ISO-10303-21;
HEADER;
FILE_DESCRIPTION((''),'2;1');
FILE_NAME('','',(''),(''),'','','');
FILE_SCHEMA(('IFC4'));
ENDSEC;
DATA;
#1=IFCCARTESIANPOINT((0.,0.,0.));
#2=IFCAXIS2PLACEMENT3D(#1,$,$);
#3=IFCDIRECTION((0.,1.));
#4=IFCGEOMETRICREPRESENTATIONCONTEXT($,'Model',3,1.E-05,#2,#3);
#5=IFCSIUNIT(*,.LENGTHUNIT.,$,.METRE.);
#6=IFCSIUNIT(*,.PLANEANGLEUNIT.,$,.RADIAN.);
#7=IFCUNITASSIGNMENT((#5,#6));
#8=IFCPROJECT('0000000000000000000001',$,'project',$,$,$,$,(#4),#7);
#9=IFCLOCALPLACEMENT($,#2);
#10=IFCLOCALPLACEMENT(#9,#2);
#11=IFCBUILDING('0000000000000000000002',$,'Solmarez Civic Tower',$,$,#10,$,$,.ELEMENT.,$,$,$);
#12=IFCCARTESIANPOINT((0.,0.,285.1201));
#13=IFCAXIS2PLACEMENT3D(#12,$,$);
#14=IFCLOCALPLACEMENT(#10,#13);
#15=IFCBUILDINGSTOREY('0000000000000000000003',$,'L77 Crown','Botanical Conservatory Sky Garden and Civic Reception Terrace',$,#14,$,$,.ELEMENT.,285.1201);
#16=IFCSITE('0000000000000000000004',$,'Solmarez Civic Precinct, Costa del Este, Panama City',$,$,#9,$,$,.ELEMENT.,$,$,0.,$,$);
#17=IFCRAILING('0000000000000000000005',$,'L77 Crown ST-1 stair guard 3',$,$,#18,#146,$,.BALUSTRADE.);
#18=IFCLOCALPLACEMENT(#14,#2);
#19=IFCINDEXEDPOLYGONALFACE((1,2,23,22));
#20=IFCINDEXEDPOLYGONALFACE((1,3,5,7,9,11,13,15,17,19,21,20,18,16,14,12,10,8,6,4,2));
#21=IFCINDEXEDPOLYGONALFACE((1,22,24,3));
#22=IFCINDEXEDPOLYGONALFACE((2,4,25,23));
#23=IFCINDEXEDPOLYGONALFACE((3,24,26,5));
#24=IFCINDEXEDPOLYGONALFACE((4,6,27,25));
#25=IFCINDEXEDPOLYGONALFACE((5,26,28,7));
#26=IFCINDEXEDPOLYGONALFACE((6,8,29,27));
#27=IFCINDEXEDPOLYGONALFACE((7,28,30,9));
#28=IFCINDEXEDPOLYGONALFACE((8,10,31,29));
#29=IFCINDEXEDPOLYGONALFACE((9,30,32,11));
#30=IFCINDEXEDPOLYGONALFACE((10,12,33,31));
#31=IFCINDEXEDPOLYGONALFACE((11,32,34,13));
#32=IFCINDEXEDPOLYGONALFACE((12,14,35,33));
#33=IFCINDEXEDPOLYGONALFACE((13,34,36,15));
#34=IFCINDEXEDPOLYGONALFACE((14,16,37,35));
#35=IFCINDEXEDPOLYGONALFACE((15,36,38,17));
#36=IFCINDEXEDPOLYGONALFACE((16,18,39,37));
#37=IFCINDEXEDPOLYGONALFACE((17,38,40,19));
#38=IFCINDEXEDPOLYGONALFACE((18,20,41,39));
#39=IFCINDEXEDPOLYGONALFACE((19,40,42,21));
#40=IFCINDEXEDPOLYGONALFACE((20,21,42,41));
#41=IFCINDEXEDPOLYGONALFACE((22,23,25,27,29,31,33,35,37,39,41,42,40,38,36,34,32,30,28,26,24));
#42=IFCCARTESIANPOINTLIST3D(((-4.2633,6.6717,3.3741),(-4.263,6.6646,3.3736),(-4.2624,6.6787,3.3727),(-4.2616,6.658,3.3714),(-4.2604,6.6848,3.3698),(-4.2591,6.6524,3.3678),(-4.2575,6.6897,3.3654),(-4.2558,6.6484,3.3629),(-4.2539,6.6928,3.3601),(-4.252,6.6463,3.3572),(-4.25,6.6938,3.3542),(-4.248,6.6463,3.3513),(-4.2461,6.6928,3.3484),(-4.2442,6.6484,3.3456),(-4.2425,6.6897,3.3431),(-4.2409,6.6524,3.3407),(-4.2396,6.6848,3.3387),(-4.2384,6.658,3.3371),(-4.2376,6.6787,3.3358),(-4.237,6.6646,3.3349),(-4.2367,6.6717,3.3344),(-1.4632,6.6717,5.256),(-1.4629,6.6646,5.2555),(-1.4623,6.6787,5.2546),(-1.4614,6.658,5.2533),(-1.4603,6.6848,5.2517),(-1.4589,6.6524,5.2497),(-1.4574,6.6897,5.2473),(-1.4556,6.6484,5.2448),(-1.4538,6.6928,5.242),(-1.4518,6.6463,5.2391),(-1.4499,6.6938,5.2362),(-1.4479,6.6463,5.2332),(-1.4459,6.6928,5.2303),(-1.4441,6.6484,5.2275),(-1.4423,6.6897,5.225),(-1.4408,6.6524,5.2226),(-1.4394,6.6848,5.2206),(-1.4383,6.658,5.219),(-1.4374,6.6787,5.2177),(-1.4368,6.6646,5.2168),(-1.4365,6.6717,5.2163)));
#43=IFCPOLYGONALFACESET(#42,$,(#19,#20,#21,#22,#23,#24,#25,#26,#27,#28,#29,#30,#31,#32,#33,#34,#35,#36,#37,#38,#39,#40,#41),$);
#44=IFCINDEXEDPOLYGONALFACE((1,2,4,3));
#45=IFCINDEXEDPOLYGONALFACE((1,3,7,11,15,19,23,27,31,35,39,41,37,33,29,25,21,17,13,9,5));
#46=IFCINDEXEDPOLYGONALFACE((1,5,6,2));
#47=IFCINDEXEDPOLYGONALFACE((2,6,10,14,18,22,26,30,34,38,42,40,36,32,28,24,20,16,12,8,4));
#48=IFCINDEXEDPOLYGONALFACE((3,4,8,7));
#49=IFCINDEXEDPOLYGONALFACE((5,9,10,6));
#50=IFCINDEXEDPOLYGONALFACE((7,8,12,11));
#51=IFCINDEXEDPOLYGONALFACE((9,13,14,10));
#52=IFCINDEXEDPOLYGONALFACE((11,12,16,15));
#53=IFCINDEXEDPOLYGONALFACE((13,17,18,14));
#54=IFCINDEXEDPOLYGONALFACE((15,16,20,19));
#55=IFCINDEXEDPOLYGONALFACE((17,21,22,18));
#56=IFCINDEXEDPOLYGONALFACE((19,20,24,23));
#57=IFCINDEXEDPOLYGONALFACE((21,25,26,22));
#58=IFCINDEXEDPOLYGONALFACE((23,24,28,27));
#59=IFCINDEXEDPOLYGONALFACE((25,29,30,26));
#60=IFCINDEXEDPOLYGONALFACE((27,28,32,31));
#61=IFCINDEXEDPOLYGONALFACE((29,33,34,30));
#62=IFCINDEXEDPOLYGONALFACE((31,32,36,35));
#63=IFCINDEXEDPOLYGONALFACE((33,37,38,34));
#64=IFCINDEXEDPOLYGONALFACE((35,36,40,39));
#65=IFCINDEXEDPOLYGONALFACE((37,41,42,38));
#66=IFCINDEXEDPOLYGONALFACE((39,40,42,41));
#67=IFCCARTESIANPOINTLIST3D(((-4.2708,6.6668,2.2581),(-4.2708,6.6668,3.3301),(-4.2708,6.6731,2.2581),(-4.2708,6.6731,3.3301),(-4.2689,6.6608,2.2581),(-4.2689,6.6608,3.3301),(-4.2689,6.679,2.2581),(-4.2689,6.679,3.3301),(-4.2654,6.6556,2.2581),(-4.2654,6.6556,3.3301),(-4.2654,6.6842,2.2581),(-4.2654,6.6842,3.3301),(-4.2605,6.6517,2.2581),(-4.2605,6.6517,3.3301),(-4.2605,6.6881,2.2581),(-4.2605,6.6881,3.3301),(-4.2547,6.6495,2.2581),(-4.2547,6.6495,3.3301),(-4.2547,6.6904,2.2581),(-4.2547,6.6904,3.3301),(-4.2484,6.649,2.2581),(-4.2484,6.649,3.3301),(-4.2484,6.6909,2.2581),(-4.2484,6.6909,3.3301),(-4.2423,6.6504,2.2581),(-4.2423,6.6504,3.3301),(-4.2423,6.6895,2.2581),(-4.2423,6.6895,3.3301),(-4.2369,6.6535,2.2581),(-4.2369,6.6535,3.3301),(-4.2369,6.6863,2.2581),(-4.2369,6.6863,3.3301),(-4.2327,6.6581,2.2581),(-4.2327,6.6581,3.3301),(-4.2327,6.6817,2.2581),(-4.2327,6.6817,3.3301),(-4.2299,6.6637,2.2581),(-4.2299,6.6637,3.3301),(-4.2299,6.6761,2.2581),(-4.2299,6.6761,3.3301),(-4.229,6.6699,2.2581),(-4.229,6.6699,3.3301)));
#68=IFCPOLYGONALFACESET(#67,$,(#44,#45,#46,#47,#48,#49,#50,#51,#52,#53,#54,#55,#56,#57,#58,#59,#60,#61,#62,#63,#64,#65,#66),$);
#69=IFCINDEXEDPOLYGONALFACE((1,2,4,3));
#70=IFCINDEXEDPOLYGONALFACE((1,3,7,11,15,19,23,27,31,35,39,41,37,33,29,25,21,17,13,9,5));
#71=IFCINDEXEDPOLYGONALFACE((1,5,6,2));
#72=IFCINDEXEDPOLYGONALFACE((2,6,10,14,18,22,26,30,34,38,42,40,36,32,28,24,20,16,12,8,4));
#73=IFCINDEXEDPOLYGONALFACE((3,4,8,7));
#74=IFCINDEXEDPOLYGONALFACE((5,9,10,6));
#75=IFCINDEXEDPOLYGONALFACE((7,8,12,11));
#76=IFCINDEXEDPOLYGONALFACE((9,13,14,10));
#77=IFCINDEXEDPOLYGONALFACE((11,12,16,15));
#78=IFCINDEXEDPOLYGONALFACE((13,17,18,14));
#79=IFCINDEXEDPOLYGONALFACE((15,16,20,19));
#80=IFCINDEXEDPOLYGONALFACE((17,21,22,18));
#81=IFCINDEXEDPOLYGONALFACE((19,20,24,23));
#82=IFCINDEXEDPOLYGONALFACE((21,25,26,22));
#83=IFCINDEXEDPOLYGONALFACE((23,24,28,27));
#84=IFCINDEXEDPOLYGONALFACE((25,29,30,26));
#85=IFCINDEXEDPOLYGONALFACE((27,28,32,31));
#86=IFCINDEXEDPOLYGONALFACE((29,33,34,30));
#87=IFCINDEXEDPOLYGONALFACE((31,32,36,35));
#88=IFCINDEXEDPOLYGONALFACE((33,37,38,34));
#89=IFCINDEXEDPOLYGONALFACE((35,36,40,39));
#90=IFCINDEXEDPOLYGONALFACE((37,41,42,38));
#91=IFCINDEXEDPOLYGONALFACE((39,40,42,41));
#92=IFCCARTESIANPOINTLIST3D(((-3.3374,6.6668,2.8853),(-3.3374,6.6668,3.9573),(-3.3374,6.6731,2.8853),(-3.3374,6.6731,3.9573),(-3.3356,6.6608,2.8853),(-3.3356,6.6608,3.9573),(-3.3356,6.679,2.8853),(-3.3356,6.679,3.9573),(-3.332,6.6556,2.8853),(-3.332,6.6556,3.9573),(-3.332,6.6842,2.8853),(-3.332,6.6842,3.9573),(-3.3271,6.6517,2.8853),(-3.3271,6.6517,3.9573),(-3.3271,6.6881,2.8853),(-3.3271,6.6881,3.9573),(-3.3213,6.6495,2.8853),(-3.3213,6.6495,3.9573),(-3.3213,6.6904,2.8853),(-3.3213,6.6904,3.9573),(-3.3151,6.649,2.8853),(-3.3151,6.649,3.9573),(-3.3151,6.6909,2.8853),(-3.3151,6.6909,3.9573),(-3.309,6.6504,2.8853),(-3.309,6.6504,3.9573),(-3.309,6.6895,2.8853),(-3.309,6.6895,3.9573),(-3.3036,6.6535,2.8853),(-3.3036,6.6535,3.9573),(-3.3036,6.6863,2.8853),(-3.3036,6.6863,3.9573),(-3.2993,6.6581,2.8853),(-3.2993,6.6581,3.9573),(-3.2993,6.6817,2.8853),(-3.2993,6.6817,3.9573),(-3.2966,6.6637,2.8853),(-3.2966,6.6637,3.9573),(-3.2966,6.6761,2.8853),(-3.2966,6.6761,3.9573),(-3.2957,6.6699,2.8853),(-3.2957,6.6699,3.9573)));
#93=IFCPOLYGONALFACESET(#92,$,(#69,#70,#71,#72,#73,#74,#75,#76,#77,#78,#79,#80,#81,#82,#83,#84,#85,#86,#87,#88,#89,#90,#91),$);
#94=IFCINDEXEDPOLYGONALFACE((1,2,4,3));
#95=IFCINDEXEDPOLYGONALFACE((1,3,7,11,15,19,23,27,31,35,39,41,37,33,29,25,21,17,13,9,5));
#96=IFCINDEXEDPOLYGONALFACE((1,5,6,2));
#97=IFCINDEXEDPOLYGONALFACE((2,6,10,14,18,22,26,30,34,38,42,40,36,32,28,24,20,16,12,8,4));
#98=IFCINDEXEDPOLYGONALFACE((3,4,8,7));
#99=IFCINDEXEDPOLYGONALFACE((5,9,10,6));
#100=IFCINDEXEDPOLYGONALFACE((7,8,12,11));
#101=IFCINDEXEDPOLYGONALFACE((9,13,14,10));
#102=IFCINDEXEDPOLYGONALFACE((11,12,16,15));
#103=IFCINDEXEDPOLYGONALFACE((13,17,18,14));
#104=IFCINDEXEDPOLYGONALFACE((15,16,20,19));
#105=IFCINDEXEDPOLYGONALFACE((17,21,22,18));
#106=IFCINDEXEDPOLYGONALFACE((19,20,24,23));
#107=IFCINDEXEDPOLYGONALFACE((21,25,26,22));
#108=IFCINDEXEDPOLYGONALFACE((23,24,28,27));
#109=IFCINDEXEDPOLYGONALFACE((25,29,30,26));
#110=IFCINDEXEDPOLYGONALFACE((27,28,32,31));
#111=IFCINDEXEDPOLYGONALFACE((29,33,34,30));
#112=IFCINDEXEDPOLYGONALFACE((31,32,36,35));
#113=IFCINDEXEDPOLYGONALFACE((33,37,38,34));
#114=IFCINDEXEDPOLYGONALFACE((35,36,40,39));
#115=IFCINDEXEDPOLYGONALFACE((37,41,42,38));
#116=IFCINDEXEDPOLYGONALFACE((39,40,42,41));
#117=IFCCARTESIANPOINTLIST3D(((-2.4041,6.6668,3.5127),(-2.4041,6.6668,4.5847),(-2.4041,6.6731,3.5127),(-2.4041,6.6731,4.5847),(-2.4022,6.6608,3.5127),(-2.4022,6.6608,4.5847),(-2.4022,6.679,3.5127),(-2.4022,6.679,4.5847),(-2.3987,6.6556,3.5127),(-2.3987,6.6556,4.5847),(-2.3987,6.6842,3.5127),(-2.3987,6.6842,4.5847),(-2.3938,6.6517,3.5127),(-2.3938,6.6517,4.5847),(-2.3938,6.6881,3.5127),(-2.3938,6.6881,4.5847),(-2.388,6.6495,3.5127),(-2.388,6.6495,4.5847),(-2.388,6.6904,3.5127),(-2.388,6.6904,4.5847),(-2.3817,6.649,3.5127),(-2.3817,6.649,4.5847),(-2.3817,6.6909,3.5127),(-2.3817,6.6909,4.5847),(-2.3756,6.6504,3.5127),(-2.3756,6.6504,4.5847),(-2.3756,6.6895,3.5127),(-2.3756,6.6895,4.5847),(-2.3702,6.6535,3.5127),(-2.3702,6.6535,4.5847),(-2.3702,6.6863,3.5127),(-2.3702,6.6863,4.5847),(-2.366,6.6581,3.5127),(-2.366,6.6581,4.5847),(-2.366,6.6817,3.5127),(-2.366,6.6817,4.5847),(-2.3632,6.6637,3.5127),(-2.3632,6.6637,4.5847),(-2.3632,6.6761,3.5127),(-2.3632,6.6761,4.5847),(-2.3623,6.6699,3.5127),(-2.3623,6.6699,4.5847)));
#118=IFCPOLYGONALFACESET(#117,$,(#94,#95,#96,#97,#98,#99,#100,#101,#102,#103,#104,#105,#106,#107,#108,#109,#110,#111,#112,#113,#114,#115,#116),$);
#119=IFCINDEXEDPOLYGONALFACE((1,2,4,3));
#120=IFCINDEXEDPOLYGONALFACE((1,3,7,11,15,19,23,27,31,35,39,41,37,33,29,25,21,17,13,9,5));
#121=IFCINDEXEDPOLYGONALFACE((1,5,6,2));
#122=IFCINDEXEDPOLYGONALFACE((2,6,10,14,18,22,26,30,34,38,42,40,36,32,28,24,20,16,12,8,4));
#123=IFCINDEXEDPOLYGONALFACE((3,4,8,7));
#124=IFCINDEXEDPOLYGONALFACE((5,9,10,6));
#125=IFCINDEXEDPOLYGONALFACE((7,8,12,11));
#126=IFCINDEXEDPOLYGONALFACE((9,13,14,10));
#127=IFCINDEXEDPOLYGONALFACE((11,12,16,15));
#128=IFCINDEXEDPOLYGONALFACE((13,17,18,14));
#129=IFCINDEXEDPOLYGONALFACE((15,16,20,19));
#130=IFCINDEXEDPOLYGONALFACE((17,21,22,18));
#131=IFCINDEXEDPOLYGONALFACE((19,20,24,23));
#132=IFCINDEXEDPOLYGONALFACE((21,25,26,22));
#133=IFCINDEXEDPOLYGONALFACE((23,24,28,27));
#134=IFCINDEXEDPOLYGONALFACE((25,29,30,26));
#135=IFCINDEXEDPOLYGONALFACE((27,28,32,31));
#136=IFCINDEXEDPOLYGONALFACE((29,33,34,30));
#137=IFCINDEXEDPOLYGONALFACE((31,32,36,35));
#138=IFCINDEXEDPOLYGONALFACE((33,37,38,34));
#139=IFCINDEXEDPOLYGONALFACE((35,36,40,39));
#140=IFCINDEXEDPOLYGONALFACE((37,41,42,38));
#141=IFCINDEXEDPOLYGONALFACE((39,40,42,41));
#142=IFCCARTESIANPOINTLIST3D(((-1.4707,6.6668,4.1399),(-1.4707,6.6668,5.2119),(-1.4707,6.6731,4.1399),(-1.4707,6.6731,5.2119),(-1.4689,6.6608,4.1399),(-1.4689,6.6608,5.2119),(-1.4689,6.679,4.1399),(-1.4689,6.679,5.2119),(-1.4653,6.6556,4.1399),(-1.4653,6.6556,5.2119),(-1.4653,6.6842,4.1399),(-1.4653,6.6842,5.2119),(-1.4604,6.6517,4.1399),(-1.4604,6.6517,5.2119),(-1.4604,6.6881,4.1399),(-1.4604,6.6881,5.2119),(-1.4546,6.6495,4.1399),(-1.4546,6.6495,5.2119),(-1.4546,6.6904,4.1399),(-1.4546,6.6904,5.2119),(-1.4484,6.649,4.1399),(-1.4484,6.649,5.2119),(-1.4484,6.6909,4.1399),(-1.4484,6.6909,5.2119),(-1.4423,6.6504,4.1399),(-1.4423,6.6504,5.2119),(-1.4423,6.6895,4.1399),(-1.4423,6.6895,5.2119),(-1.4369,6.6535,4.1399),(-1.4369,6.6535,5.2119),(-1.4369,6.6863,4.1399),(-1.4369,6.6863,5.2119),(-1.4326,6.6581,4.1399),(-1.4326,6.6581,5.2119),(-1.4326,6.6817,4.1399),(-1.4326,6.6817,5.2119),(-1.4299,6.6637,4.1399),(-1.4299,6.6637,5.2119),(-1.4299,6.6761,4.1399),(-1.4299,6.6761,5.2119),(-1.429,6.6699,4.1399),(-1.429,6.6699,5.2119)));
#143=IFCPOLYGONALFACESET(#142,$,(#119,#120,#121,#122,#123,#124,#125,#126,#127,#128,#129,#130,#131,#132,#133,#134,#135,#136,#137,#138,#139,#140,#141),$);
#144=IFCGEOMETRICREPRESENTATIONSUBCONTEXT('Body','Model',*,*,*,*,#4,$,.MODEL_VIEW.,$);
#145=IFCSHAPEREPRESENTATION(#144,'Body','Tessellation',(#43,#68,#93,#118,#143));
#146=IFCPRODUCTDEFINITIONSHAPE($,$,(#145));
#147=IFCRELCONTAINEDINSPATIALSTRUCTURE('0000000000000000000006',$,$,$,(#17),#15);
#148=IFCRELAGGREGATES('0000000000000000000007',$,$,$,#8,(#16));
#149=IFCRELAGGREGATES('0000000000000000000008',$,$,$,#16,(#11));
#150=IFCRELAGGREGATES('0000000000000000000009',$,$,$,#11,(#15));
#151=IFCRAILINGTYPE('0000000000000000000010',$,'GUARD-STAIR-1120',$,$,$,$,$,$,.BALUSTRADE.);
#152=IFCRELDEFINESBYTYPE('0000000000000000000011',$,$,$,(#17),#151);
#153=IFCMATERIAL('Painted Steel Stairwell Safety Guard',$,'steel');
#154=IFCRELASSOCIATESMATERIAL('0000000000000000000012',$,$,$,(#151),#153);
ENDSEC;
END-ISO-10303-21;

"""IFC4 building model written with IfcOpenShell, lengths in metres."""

from ifc_helpers import new_model, si_unit, direction, frame, origin, origin_2d, place, context, subcontext, project, spatial, circle, extrude, material, type_object, element, save


model = new_model("IFC4")

# Units and contexts
model_context = context("Model", 3, precision=1e-05, world=origin(), true_north=direction((0.0, 1.0)))
body_context = subcontext(model_context, "Body", "Model", "MODEL_VIEW")
ifc_project = project(units=[si_unit("LENGTHUNIT", "METRE"), si_unit("PLANEANGLEUNIT", "RADIAN")], contexts=[model_context])

# Site, building, storey
site_placement = place(None, origin())
site = spatial("IfcSite", under=ifc_project, at=site_placement, Name="Solmarez Civic Precinct, Costa del Este, Panama City", CompositionType="ELEMENT", RefElevation=0.0)
building_placement = place(site_placement, origin())
building = spatial("IfcBuilding", under=site, at=building_placement, Name="Solmarez Civic Tower", CompositionType="ELEMENT")
storey_placement = place(building_placement, frame((0.0, 0.0, 285.1201)))
storey = spatial("IfcBuildingStorey", under=building, at=storey_placement, Name="L77 Crown", Description="Botanical Conservatory Sky Garden and Civic Reception Terrace", CompositionType="ELEMENT", Elevation=285.1201)

# Railing
ifc_material_1 = material(Name="Painted Steel Stairwell Safety Guard", Category="steel")
railing_type_1 = type_object("IfcRailingType", Name="GUARD-STAIR-1120", PredefinedType="BALUSTRADE", material=ifc_material_1)
railing_1_placement = place(storey_placement, frame((-4.25, 6.6699, 2.2581)))
element("IfcRailing", 1, at=railing_1_placement, inside=storey, type_object=railing_type_1, Name="L77 Crown ST-1 stair guard 3", PredefinedType="BALUSTRADE", context=body_context, shape_type="SweptSolid", body=[
    extrude(circle(Radius=0.0239, at=origin_2d()), frame((0.0, 0.0, 1.0962), z_axis=(0.829974, 0.0, 0.557803), x_axis=(0.0, 1.0, 0.0)), (0.0, 0.0, 1.0), 3.3738),
    extrude(circle(Radius=0.021, at=origin_2d()), origin(), (0.0, 0.0, 1.0), 1.072),
    extrude(circle(Radius=0.021, at=origin_2d()), frame((0.9333, 0.0, 0.6272)), (0.0, 0.0, 1.0), 1.072),
    extrude(circle(Radius=0.021, at=origin_2d()), frame((1.8667, 0.0, 1.2546)), (0.0, 0.0, 1.0), 1.072),
    extrude(circle(Radius=0.021, at=origin_2d()), frame((2.8, 0.0, 1.8818)), (0.0, 0.0, 1.0), 1.072),
])

save(model, "model.ifc")
